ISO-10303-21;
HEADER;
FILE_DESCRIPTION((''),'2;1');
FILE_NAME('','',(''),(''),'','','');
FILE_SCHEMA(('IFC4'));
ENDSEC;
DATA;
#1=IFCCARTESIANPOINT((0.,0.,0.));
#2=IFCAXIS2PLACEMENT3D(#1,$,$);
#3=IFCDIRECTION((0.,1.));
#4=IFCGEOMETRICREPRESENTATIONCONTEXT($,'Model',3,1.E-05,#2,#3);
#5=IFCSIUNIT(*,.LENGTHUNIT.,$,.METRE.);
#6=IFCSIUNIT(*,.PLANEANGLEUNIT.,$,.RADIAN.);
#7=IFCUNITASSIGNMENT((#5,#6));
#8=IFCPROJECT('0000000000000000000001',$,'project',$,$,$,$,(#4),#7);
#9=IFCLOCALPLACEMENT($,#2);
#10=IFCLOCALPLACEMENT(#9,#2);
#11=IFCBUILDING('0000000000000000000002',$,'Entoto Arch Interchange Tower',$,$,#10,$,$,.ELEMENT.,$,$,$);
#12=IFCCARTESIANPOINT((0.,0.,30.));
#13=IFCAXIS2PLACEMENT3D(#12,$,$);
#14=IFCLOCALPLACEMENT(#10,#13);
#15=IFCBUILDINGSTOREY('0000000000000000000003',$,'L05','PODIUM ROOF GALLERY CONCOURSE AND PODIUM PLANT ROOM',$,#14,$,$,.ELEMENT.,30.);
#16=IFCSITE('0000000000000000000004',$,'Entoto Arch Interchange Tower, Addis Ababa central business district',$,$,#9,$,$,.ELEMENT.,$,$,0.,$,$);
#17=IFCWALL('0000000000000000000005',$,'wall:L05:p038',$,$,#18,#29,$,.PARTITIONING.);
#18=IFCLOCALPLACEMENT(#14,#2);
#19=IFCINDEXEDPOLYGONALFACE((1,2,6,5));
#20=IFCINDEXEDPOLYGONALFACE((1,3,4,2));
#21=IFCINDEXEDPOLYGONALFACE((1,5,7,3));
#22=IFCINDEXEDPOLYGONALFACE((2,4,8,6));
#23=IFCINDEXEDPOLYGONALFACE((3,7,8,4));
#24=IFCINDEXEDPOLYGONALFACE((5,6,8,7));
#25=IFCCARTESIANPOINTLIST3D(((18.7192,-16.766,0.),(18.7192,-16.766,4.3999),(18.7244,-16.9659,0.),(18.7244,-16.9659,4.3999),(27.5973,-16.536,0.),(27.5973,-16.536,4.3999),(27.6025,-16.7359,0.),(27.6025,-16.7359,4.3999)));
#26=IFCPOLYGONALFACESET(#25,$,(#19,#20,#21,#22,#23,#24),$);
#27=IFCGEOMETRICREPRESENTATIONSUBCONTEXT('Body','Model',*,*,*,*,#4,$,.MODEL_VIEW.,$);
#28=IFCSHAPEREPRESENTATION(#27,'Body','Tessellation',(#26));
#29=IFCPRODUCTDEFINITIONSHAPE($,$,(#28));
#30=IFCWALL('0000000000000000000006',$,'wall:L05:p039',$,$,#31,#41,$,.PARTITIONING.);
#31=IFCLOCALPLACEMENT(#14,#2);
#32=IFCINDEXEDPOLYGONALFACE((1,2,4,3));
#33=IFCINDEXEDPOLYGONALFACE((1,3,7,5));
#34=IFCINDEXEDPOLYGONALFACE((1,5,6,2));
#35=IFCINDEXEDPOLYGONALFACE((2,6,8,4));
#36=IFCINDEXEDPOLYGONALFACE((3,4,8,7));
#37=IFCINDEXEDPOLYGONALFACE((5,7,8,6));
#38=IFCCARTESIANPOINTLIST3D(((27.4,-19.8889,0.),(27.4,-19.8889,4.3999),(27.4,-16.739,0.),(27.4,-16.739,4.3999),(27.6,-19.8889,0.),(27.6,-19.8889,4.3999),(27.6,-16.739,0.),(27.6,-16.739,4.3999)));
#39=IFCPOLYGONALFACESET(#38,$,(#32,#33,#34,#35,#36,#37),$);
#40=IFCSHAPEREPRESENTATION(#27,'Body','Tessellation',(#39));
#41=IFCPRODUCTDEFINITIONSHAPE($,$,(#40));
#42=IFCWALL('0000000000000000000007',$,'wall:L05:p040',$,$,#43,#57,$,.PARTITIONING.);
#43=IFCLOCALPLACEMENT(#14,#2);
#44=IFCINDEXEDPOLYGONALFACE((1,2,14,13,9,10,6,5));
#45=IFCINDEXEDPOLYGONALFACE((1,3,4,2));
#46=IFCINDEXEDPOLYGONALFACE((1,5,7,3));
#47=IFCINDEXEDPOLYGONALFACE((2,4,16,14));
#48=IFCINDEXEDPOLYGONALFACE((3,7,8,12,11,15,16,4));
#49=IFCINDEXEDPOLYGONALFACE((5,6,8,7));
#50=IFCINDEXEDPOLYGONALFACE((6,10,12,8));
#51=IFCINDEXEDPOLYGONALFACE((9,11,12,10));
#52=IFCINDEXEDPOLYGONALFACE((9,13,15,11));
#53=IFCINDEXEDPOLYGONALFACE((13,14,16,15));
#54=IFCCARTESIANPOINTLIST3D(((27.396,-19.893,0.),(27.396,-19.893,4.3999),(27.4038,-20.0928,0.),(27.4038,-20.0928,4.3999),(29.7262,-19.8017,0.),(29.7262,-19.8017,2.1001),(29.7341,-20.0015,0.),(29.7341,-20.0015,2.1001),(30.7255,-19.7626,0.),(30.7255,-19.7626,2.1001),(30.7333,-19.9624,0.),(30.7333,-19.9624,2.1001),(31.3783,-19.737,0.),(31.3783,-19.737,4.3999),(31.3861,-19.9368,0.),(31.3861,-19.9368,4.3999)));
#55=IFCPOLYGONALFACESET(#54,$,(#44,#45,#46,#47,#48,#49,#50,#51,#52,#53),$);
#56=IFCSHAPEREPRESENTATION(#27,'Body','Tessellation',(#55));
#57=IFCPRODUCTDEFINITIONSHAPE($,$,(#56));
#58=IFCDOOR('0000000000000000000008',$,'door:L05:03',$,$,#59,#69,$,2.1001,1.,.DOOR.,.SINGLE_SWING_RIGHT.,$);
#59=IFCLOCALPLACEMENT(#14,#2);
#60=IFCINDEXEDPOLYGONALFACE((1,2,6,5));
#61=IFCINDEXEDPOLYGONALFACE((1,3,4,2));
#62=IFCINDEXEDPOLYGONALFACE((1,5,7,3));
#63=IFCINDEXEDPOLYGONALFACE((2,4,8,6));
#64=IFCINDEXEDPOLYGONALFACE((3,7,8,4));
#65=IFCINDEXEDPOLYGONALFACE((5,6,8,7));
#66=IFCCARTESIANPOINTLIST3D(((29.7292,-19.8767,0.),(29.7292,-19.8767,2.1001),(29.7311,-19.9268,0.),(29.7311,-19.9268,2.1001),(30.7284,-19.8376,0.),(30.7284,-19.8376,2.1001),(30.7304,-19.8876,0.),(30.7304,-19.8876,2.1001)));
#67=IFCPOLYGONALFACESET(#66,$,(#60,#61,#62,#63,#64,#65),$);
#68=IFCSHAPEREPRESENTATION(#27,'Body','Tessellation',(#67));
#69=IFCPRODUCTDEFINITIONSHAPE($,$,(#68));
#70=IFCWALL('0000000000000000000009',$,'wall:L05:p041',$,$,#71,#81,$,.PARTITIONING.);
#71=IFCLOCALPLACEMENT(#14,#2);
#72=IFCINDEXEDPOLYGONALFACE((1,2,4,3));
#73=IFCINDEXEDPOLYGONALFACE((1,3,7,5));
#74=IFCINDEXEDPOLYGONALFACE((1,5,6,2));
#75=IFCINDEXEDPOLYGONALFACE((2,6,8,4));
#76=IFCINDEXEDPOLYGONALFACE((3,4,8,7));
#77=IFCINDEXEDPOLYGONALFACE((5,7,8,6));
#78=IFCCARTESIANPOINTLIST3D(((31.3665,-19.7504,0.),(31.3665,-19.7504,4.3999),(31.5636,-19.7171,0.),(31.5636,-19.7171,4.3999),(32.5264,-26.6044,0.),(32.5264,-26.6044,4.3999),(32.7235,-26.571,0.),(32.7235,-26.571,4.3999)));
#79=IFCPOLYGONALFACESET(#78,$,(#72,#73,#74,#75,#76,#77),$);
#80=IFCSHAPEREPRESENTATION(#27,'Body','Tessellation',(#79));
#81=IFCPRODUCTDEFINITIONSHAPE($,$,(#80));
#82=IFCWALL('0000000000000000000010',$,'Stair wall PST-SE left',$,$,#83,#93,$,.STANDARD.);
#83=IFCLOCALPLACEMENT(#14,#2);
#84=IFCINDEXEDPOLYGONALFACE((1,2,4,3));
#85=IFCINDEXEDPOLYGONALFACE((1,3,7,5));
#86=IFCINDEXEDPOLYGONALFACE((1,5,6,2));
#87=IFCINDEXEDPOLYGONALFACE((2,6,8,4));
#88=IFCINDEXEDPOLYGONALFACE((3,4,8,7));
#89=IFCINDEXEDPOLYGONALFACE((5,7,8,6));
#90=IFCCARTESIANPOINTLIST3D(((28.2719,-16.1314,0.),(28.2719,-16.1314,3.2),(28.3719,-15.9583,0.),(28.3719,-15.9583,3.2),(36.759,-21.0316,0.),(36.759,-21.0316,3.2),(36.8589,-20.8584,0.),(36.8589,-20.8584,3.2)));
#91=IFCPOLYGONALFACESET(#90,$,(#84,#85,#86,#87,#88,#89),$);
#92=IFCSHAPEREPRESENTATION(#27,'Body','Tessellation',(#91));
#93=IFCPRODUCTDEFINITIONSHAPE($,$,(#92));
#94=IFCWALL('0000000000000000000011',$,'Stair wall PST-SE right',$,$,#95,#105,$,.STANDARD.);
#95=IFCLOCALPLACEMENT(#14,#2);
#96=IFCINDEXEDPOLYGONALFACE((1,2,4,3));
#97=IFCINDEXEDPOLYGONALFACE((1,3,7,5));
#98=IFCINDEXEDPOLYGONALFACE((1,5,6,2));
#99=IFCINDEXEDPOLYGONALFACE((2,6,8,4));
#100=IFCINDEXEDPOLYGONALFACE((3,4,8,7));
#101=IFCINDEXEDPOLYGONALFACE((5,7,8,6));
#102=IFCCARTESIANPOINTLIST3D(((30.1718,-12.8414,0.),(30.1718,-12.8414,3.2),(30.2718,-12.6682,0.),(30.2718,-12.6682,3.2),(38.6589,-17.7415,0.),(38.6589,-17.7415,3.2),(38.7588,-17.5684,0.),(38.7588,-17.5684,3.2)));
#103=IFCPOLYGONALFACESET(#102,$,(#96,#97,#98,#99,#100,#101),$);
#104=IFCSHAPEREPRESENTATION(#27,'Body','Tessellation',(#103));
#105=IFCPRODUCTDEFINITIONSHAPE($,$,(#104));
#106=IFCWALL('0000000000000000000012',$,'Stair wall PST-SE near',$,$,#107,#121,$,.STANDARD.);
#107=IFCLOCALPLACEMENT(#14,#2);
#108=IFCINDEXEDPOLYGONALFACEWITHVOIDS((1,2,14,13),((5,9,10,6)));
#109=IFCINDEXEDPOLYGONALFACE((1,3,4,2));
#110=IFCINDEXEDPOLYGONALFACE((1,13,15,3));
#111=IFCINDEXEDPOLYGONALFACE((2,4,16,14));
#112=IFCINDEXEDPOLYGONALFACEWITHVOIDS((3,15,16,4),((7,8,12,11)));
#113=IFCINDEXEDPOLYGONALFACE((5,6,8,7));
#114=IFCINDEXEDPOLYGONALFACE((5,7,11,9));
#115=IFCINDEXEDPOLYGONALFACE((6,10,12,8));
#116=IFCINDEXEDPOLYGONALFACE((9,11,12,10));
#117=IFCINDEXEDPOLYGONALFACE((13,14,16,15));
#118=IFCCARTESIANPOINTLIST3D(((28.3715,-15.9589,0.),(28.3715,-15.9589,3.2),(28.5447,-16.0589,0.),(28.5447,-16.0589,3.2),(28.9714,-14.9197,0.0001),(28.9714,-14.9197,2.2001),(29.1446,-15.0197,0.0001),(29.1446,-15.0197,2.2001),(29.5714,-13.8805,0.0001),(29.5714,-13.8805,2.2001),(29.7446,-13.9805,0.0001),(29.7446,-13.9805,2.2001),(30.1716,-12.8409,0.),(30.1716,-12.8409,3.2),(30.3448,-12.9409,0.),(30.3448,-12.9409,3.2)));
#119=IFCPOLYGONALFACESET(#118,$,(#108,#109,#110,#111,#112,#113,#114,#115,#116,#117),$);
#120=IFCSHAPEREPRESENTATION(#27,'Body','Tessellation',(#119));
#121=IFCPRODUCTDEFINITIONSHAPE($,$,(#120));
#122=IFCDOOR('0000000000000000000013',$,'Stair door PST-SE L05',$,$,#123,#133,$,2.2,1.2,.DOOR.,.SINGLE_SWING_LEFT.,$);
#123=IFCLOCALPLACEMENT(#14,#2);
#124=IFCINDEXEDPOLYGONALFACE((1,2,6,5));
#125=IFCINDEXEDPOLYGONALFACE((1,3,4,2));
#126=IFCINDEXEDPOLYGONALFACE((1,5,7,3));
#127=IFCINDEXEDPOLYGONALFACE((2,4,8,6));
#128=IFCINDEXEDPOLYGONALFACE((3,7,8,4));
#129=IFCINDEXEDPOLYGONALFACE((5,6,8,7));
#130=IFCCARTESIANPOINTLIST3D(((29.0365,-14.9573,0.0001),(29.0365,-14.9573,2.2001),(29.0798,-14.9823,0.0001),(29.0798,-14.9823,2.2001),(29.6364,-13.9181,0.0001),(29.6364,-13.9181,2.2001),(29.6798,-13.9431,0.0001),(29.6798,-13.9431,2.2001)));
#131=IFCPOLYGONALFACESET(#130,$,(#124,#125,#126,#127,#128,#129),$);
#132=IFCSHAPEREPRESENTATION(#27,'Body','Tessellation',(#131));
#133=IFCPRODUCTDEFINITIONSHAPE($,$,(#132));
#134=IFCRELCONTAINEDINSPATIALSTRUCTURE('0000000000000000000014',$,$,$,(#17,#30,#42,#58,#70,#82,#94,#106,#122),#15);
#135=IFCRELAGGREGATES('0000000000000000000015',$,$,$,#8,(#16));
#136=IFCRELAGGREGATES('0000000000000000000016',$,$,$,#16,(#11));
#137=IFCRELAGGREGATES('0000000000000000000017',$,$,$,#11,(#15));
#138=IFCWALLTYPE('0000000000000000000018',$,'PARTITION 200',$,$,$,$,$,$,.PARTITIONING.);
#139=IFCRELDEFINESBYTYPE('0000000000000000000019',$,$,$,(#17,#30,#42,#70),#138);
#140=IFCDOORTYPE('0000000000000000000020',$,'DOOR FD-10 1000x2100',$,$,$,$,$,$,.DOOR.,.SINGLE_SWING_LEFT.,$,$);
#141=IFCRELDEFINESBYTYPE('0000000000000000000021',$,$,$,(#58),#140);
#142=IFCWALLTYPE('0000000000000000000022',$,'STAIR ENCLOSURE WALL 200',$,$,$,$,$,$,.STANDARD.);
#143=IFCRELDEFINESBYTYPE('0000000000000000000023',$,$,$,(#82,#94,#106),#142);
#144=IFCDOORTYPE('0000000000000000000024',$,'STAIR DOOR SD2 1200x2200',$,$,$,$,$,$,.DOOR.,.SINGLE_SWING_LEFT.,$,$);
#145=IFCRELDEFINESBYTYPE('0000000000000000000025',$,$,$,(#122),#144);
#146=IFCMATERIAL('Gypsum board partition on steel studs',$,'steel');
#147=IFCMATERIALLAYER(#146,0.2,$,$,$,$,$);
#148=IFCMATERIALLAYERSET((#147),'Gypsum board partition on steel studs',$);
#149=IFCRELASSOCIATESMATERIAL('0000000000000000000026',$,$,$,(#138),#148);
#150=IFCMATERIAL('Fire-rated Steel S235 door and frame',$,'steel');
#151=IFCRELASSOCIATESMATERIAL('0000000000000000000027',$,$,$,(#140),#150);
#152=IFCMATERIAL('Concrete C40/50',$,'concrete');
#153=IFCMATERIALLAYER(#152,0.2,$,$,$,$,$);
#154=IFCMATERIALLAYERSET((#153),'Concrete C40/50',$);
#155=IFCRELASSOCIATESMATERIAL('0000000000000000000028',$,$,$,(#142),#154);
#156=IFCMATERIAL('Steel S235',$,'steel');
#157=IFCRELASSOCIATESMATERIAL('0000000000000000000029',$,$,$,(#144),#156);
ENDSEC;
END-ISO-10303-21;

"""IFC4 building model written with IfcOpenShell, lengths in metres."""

from ifc_helpers import new_model, si_unit, direction, frame, frame_2d, origin, place, context, subcontext, project, spatial, rectangle, extrude, material, layer, layer_set, type_object, element, fill, save


model = new_model("IFC4")

# Units and contexts
model_context = context("Model", 3, precision=1e-05, world=origin(), true_north=direction((0.0, 1.0)))
body_context = subcontext(model_context, "Body", "Model", "MODEL_VIEW")
ifc_project = project(units=[si_unit("LENGTHUNIT", "METRE"), si_unit("PLANEANGLEUNIT", "RADIAN")], contexts=[model_context])

# Site, building, storey
site_placement = place(None, origin())
site = spatial("IfcSite", under=ifc_project, at=site_placement, Name="Entoto Arch Interchange Tower, Addis Ababa central business district", CompositionType="ELEMENT", RefElevation=0.0)
building_placement = place(site_placement, origin())
building = spatial("IfcBuilding", under=site, at=building_placement, Name="Entoto Arch Interchange Tower", CompositionType="ELEMENT")
storey_placement = place(building_placement, frame((0.0, 0.0, 30.0)))
storey = spatial("IfcBuildingStorey", under=building, at=storey_placement, Name="L05", Description="PODIUM ROOF GALLERY CONCOURSE AND PODIUM PLANT ROOM", CompositionType="ELEMENT", Elevation=30.0)

# Shared definitions
ifc_material_1 = material(Name="Concrete C40/50", Category="concrete")

# Shared definitions
ifc_material_2 = material(Name="Gypsum board partition on steel studs", Category="steel")

# Walls
ifc_layer_1 = layer(ifc_material_2, 0.2)
ifc_layer_set_1 = layer_set([ifc_layer_1], Name="Gypsum board partition on steel studs")
wall_type_1 = type_object("IfcWallType", Name="PARTITION 200", PredefinedType="PARTITIONING", material=ifc_layer_set_1)
wall_1_placement = place(storey_placement, frame((18.7219, -16.866, 0.0), z_axis=(0.0, 0.0, 1.0), x_axis=(0.999665, 0.025895, 0.0)))
element("IfcWall", 1, at=wall_1_placement, inside=storey, type_object=wall_type_1, Name="wall:L05:p038", PredefinedType="PARTITIONING", context=body_context, shape_type="SweptSolid", body=[
    extrude(rectangle(XDim=8.8811, YDim=0.2, at=frame_2d((4.4404, 0.0))), origin(), (0.0, 0.0, 1.0), 4.3999),
])
wall_2_placement = place(storey_placement, frame((27.5, -16.739, 0.0), z_axis=(0.0, 0.0, 1.0), x_axis=(0.0, -1.0, 0.0)))
element("IfcWall", 2, at=wall_2_placement, inside=storey, type_object=wall_type_1, Name="wall:L05:p039", PredefinedType="PARTITIONING", context=body_context, shape_type="SweptSolid", body=[
    extrude(rectangle(XDim=3.1499, YDim=0.2, at=frame_2d((1.575, 0.0))), origin(), (0.0, 0.0, 1.0), 4.3999),
])

# Wall, opening, door
wall_3_placement = place(storey_placement, frame((27.3999, -19.9929, 0.0), z_axis=(0.0, 0.0, 1.0), x_axis=(0.999234, 0.039146, 0.0)))
wall_3 = element("IfcWall", 3, at=wall_3_placement, inside=storey, type_object=wall_type_1, Name="wall:L05:p040", PredefinedType="PARTITIONING", context=body_context, shape_type="SweptSolid", body=[
    extrude(rectangle(XDim=3.9854, YDim=0.2, at=frame_2d((1.9927, 0.0))), origin(), (0.0, 0.0, 1.0), 4.3999),
])
opening_1_placement = place(wall_3_placement, frame((2.332, 0.0, 0.0)))
opening_1 = element("IfcOpeningElement", 4, at=opening_1_placement, cuts=wall_3, PredefinedType="OPENING", context=body_context, shape_type="SweptSolid", body=[
    extrude(rectangle(XDim=1.0, YDim=2.1001, at=frame_2d((0.5, 1.05))), frame((0.0, 0.1099, 0.0), z_axis=(0.0, -1.0, 0.0), x_axis=(1.0, 0.0, 0.0)), (0.0, 0.0, 1.0), 0.22),
])
ifc_material_3 = material(Name="Fire-rated Steel S235 door and frame", Category="steel")
door_type_1 = type_object("IfcDoorType", Name="DOOR FD-10 1000x2100", OperationType="SINGLE_SWING_LEFT", PredefinedType="DOOR", material=ifc_material_3)
door_1_placement = place(opening_1_placement, origin())
door_1 = element("IfcDoor", 5, at=door_1_placement, inside=storey, type_object=door_type_1, Name="door:L05:03", OperationType="SINGLE_SWING_RIGHT", OverallHeight=2.1001, OverallWidth=1.0, PredefinedType="DOOR", context=body_context, shape_type="SweptSolid", body=[
    extrude(rectangle(XDim=1.0, YDim=2.1001, at=frame_2d((0.5, 1.05))), frame((0.0, 0.0249, 0.0), z_axis=(0.0, -1.0, 0.0), x_axis=(1.0, 0.0, 0.0)), (0.0, 0.0, 1.0), 0.05),
])
fill(opening_1, door_1)

# Walls
wall_4_placement = place(storey_placement, frame((31.4651, -19.7339, 0.0), z_axis=(0.0, 0.0, 1.0), x_axis=(0.166859, -0.985981, 0.0)))
element("IfcWall", 6, at=wall_4_placement, inside=storey, type_object=wall_type_1, Name="wall:L05:p041", PredefinedType="PARTITIONING", context=body_context, shape_type="SweptSolid", body=[
    extrude(rectangle(XDim=6.9514, YDim=0.2, at=frame_2d((3.4756, 0.0))), origin(), (0.0, 0.0, 1.0), 4.3999),
])
ifc_layer_2 = layer(ifc_material_1, 0.2)
ifc_layer_set_2 = layer_set([ifc_layer_2], Name="Concrete C40/50")
wall_type_2 = type_object("IfcWallType", Name="STAIR ENCLOSURE WALL 200", PredefinedType="STANDARD", material=ifc_layer_set_2)
for number, where, z_axis, x_axis, name in (
    (7, (28.322, -16.0449, 0.0), (0.0, 0.0, 1.0), (0.866019, -0.500011, 0.0), "Stair wall PST-SE left"),
    (8, (30.2219, -12.7549, 0.0), (0.0, 0.0, 1.0), (0.866019, -0.500011, 0.0), "Stair wall PST-SE right"),
):
    element("IfcWall", number, at=place(storey_placement, frame(where, z_axis=z_axis, x_axis=x_axis)), inside=storey, type_object=wall_type_2, Name=name, PredefinedType="STANDARD", context=body_context, shape_type="SweptSolid", body=[
        extrude(rectangle(XDim=9.8, YDim=0.2, at=frame_2d((4.8999, 0.0))), origin(), (0.0, 0.0, 1.0), 3.2),
    ])

# Wall, opening, door
wall_5_placement = place(storey_placement, frame((28.458, -16.009, 0.0), z_axis=(0.0, 0.0, 1.0), x_axis=(0.499983, 0.866035, 0.0)))
wall_5 = element("IfcWall", 9, at=wall_5_placement, inside=storey, type_object=wall_type_2, Name="Stair wall PST-SE near", PredefinedType="STANDARD", context=body_context, shape_type="SweptSolid", body=[
    extrude(rectangle(XDim=3.6003, YDim=0.2, at=frame_2d((1.8003, 0.0))), origin(), (0.0, 0.0, 1.0), 3.2),
])
opening_2_placement = place(wall_5_placement, frame((1.2, 0.0, 0.0)))
opening_2 = element("IfcOpeningElement", 10, at=opening_2_placement, cuts=wall_5, PredefinedType="OPENING", context=body_context, shape_type="SweptSolid", body=[
    extrude(rectangle(XDim=1.2, YDim=2.2, at=frame_2d((0.6001, 1.1001))), frame((0.0, 0.1099, 0.0), z_axis=(0.0, -1.0, 0.0), x_axis=(1.0, 0.0, 0.0)), (0.0, 0.0, 1.0), 0.22),
])
ifc_material_4 = material(Name="Steel S235", Category="steel")
door_type_2 = type_object("IfcDoorType", Name="STAIR DOOR SD2 1200x2200", OperationType="SINGLE_SWING_LEFT", PredefinedType="DOOR", material=ifc_material_4)
door_2_placement = place(opening_2_placement, origin())
door_2 = element("IfcDoor", 11, at=door_2_placement, inside=storey, type_object=door_type_2, Name="Stair door PST-SE L05", OperationType="SINGLE_SWING_LEFT", OverallHeight=2.2, OverallWidth=1.2, PredefinedType="DOOR", context=body_context, shape_type="SweptSolid", body=[
    extrude(rectangle(XDim=1.2, YDim=2.2, at=frame_2d((0.6001, 1.1001))), frame((0.0, 0.0249, 0.0), z_axis=(0.0, -1.0, 0.0), x_axis=(1.0, 0.0, 0.0)), (0.0, 0.0, 1.0), 0.05),
])
fill(opening_2, door_2)

save(model, "model.ifc")
